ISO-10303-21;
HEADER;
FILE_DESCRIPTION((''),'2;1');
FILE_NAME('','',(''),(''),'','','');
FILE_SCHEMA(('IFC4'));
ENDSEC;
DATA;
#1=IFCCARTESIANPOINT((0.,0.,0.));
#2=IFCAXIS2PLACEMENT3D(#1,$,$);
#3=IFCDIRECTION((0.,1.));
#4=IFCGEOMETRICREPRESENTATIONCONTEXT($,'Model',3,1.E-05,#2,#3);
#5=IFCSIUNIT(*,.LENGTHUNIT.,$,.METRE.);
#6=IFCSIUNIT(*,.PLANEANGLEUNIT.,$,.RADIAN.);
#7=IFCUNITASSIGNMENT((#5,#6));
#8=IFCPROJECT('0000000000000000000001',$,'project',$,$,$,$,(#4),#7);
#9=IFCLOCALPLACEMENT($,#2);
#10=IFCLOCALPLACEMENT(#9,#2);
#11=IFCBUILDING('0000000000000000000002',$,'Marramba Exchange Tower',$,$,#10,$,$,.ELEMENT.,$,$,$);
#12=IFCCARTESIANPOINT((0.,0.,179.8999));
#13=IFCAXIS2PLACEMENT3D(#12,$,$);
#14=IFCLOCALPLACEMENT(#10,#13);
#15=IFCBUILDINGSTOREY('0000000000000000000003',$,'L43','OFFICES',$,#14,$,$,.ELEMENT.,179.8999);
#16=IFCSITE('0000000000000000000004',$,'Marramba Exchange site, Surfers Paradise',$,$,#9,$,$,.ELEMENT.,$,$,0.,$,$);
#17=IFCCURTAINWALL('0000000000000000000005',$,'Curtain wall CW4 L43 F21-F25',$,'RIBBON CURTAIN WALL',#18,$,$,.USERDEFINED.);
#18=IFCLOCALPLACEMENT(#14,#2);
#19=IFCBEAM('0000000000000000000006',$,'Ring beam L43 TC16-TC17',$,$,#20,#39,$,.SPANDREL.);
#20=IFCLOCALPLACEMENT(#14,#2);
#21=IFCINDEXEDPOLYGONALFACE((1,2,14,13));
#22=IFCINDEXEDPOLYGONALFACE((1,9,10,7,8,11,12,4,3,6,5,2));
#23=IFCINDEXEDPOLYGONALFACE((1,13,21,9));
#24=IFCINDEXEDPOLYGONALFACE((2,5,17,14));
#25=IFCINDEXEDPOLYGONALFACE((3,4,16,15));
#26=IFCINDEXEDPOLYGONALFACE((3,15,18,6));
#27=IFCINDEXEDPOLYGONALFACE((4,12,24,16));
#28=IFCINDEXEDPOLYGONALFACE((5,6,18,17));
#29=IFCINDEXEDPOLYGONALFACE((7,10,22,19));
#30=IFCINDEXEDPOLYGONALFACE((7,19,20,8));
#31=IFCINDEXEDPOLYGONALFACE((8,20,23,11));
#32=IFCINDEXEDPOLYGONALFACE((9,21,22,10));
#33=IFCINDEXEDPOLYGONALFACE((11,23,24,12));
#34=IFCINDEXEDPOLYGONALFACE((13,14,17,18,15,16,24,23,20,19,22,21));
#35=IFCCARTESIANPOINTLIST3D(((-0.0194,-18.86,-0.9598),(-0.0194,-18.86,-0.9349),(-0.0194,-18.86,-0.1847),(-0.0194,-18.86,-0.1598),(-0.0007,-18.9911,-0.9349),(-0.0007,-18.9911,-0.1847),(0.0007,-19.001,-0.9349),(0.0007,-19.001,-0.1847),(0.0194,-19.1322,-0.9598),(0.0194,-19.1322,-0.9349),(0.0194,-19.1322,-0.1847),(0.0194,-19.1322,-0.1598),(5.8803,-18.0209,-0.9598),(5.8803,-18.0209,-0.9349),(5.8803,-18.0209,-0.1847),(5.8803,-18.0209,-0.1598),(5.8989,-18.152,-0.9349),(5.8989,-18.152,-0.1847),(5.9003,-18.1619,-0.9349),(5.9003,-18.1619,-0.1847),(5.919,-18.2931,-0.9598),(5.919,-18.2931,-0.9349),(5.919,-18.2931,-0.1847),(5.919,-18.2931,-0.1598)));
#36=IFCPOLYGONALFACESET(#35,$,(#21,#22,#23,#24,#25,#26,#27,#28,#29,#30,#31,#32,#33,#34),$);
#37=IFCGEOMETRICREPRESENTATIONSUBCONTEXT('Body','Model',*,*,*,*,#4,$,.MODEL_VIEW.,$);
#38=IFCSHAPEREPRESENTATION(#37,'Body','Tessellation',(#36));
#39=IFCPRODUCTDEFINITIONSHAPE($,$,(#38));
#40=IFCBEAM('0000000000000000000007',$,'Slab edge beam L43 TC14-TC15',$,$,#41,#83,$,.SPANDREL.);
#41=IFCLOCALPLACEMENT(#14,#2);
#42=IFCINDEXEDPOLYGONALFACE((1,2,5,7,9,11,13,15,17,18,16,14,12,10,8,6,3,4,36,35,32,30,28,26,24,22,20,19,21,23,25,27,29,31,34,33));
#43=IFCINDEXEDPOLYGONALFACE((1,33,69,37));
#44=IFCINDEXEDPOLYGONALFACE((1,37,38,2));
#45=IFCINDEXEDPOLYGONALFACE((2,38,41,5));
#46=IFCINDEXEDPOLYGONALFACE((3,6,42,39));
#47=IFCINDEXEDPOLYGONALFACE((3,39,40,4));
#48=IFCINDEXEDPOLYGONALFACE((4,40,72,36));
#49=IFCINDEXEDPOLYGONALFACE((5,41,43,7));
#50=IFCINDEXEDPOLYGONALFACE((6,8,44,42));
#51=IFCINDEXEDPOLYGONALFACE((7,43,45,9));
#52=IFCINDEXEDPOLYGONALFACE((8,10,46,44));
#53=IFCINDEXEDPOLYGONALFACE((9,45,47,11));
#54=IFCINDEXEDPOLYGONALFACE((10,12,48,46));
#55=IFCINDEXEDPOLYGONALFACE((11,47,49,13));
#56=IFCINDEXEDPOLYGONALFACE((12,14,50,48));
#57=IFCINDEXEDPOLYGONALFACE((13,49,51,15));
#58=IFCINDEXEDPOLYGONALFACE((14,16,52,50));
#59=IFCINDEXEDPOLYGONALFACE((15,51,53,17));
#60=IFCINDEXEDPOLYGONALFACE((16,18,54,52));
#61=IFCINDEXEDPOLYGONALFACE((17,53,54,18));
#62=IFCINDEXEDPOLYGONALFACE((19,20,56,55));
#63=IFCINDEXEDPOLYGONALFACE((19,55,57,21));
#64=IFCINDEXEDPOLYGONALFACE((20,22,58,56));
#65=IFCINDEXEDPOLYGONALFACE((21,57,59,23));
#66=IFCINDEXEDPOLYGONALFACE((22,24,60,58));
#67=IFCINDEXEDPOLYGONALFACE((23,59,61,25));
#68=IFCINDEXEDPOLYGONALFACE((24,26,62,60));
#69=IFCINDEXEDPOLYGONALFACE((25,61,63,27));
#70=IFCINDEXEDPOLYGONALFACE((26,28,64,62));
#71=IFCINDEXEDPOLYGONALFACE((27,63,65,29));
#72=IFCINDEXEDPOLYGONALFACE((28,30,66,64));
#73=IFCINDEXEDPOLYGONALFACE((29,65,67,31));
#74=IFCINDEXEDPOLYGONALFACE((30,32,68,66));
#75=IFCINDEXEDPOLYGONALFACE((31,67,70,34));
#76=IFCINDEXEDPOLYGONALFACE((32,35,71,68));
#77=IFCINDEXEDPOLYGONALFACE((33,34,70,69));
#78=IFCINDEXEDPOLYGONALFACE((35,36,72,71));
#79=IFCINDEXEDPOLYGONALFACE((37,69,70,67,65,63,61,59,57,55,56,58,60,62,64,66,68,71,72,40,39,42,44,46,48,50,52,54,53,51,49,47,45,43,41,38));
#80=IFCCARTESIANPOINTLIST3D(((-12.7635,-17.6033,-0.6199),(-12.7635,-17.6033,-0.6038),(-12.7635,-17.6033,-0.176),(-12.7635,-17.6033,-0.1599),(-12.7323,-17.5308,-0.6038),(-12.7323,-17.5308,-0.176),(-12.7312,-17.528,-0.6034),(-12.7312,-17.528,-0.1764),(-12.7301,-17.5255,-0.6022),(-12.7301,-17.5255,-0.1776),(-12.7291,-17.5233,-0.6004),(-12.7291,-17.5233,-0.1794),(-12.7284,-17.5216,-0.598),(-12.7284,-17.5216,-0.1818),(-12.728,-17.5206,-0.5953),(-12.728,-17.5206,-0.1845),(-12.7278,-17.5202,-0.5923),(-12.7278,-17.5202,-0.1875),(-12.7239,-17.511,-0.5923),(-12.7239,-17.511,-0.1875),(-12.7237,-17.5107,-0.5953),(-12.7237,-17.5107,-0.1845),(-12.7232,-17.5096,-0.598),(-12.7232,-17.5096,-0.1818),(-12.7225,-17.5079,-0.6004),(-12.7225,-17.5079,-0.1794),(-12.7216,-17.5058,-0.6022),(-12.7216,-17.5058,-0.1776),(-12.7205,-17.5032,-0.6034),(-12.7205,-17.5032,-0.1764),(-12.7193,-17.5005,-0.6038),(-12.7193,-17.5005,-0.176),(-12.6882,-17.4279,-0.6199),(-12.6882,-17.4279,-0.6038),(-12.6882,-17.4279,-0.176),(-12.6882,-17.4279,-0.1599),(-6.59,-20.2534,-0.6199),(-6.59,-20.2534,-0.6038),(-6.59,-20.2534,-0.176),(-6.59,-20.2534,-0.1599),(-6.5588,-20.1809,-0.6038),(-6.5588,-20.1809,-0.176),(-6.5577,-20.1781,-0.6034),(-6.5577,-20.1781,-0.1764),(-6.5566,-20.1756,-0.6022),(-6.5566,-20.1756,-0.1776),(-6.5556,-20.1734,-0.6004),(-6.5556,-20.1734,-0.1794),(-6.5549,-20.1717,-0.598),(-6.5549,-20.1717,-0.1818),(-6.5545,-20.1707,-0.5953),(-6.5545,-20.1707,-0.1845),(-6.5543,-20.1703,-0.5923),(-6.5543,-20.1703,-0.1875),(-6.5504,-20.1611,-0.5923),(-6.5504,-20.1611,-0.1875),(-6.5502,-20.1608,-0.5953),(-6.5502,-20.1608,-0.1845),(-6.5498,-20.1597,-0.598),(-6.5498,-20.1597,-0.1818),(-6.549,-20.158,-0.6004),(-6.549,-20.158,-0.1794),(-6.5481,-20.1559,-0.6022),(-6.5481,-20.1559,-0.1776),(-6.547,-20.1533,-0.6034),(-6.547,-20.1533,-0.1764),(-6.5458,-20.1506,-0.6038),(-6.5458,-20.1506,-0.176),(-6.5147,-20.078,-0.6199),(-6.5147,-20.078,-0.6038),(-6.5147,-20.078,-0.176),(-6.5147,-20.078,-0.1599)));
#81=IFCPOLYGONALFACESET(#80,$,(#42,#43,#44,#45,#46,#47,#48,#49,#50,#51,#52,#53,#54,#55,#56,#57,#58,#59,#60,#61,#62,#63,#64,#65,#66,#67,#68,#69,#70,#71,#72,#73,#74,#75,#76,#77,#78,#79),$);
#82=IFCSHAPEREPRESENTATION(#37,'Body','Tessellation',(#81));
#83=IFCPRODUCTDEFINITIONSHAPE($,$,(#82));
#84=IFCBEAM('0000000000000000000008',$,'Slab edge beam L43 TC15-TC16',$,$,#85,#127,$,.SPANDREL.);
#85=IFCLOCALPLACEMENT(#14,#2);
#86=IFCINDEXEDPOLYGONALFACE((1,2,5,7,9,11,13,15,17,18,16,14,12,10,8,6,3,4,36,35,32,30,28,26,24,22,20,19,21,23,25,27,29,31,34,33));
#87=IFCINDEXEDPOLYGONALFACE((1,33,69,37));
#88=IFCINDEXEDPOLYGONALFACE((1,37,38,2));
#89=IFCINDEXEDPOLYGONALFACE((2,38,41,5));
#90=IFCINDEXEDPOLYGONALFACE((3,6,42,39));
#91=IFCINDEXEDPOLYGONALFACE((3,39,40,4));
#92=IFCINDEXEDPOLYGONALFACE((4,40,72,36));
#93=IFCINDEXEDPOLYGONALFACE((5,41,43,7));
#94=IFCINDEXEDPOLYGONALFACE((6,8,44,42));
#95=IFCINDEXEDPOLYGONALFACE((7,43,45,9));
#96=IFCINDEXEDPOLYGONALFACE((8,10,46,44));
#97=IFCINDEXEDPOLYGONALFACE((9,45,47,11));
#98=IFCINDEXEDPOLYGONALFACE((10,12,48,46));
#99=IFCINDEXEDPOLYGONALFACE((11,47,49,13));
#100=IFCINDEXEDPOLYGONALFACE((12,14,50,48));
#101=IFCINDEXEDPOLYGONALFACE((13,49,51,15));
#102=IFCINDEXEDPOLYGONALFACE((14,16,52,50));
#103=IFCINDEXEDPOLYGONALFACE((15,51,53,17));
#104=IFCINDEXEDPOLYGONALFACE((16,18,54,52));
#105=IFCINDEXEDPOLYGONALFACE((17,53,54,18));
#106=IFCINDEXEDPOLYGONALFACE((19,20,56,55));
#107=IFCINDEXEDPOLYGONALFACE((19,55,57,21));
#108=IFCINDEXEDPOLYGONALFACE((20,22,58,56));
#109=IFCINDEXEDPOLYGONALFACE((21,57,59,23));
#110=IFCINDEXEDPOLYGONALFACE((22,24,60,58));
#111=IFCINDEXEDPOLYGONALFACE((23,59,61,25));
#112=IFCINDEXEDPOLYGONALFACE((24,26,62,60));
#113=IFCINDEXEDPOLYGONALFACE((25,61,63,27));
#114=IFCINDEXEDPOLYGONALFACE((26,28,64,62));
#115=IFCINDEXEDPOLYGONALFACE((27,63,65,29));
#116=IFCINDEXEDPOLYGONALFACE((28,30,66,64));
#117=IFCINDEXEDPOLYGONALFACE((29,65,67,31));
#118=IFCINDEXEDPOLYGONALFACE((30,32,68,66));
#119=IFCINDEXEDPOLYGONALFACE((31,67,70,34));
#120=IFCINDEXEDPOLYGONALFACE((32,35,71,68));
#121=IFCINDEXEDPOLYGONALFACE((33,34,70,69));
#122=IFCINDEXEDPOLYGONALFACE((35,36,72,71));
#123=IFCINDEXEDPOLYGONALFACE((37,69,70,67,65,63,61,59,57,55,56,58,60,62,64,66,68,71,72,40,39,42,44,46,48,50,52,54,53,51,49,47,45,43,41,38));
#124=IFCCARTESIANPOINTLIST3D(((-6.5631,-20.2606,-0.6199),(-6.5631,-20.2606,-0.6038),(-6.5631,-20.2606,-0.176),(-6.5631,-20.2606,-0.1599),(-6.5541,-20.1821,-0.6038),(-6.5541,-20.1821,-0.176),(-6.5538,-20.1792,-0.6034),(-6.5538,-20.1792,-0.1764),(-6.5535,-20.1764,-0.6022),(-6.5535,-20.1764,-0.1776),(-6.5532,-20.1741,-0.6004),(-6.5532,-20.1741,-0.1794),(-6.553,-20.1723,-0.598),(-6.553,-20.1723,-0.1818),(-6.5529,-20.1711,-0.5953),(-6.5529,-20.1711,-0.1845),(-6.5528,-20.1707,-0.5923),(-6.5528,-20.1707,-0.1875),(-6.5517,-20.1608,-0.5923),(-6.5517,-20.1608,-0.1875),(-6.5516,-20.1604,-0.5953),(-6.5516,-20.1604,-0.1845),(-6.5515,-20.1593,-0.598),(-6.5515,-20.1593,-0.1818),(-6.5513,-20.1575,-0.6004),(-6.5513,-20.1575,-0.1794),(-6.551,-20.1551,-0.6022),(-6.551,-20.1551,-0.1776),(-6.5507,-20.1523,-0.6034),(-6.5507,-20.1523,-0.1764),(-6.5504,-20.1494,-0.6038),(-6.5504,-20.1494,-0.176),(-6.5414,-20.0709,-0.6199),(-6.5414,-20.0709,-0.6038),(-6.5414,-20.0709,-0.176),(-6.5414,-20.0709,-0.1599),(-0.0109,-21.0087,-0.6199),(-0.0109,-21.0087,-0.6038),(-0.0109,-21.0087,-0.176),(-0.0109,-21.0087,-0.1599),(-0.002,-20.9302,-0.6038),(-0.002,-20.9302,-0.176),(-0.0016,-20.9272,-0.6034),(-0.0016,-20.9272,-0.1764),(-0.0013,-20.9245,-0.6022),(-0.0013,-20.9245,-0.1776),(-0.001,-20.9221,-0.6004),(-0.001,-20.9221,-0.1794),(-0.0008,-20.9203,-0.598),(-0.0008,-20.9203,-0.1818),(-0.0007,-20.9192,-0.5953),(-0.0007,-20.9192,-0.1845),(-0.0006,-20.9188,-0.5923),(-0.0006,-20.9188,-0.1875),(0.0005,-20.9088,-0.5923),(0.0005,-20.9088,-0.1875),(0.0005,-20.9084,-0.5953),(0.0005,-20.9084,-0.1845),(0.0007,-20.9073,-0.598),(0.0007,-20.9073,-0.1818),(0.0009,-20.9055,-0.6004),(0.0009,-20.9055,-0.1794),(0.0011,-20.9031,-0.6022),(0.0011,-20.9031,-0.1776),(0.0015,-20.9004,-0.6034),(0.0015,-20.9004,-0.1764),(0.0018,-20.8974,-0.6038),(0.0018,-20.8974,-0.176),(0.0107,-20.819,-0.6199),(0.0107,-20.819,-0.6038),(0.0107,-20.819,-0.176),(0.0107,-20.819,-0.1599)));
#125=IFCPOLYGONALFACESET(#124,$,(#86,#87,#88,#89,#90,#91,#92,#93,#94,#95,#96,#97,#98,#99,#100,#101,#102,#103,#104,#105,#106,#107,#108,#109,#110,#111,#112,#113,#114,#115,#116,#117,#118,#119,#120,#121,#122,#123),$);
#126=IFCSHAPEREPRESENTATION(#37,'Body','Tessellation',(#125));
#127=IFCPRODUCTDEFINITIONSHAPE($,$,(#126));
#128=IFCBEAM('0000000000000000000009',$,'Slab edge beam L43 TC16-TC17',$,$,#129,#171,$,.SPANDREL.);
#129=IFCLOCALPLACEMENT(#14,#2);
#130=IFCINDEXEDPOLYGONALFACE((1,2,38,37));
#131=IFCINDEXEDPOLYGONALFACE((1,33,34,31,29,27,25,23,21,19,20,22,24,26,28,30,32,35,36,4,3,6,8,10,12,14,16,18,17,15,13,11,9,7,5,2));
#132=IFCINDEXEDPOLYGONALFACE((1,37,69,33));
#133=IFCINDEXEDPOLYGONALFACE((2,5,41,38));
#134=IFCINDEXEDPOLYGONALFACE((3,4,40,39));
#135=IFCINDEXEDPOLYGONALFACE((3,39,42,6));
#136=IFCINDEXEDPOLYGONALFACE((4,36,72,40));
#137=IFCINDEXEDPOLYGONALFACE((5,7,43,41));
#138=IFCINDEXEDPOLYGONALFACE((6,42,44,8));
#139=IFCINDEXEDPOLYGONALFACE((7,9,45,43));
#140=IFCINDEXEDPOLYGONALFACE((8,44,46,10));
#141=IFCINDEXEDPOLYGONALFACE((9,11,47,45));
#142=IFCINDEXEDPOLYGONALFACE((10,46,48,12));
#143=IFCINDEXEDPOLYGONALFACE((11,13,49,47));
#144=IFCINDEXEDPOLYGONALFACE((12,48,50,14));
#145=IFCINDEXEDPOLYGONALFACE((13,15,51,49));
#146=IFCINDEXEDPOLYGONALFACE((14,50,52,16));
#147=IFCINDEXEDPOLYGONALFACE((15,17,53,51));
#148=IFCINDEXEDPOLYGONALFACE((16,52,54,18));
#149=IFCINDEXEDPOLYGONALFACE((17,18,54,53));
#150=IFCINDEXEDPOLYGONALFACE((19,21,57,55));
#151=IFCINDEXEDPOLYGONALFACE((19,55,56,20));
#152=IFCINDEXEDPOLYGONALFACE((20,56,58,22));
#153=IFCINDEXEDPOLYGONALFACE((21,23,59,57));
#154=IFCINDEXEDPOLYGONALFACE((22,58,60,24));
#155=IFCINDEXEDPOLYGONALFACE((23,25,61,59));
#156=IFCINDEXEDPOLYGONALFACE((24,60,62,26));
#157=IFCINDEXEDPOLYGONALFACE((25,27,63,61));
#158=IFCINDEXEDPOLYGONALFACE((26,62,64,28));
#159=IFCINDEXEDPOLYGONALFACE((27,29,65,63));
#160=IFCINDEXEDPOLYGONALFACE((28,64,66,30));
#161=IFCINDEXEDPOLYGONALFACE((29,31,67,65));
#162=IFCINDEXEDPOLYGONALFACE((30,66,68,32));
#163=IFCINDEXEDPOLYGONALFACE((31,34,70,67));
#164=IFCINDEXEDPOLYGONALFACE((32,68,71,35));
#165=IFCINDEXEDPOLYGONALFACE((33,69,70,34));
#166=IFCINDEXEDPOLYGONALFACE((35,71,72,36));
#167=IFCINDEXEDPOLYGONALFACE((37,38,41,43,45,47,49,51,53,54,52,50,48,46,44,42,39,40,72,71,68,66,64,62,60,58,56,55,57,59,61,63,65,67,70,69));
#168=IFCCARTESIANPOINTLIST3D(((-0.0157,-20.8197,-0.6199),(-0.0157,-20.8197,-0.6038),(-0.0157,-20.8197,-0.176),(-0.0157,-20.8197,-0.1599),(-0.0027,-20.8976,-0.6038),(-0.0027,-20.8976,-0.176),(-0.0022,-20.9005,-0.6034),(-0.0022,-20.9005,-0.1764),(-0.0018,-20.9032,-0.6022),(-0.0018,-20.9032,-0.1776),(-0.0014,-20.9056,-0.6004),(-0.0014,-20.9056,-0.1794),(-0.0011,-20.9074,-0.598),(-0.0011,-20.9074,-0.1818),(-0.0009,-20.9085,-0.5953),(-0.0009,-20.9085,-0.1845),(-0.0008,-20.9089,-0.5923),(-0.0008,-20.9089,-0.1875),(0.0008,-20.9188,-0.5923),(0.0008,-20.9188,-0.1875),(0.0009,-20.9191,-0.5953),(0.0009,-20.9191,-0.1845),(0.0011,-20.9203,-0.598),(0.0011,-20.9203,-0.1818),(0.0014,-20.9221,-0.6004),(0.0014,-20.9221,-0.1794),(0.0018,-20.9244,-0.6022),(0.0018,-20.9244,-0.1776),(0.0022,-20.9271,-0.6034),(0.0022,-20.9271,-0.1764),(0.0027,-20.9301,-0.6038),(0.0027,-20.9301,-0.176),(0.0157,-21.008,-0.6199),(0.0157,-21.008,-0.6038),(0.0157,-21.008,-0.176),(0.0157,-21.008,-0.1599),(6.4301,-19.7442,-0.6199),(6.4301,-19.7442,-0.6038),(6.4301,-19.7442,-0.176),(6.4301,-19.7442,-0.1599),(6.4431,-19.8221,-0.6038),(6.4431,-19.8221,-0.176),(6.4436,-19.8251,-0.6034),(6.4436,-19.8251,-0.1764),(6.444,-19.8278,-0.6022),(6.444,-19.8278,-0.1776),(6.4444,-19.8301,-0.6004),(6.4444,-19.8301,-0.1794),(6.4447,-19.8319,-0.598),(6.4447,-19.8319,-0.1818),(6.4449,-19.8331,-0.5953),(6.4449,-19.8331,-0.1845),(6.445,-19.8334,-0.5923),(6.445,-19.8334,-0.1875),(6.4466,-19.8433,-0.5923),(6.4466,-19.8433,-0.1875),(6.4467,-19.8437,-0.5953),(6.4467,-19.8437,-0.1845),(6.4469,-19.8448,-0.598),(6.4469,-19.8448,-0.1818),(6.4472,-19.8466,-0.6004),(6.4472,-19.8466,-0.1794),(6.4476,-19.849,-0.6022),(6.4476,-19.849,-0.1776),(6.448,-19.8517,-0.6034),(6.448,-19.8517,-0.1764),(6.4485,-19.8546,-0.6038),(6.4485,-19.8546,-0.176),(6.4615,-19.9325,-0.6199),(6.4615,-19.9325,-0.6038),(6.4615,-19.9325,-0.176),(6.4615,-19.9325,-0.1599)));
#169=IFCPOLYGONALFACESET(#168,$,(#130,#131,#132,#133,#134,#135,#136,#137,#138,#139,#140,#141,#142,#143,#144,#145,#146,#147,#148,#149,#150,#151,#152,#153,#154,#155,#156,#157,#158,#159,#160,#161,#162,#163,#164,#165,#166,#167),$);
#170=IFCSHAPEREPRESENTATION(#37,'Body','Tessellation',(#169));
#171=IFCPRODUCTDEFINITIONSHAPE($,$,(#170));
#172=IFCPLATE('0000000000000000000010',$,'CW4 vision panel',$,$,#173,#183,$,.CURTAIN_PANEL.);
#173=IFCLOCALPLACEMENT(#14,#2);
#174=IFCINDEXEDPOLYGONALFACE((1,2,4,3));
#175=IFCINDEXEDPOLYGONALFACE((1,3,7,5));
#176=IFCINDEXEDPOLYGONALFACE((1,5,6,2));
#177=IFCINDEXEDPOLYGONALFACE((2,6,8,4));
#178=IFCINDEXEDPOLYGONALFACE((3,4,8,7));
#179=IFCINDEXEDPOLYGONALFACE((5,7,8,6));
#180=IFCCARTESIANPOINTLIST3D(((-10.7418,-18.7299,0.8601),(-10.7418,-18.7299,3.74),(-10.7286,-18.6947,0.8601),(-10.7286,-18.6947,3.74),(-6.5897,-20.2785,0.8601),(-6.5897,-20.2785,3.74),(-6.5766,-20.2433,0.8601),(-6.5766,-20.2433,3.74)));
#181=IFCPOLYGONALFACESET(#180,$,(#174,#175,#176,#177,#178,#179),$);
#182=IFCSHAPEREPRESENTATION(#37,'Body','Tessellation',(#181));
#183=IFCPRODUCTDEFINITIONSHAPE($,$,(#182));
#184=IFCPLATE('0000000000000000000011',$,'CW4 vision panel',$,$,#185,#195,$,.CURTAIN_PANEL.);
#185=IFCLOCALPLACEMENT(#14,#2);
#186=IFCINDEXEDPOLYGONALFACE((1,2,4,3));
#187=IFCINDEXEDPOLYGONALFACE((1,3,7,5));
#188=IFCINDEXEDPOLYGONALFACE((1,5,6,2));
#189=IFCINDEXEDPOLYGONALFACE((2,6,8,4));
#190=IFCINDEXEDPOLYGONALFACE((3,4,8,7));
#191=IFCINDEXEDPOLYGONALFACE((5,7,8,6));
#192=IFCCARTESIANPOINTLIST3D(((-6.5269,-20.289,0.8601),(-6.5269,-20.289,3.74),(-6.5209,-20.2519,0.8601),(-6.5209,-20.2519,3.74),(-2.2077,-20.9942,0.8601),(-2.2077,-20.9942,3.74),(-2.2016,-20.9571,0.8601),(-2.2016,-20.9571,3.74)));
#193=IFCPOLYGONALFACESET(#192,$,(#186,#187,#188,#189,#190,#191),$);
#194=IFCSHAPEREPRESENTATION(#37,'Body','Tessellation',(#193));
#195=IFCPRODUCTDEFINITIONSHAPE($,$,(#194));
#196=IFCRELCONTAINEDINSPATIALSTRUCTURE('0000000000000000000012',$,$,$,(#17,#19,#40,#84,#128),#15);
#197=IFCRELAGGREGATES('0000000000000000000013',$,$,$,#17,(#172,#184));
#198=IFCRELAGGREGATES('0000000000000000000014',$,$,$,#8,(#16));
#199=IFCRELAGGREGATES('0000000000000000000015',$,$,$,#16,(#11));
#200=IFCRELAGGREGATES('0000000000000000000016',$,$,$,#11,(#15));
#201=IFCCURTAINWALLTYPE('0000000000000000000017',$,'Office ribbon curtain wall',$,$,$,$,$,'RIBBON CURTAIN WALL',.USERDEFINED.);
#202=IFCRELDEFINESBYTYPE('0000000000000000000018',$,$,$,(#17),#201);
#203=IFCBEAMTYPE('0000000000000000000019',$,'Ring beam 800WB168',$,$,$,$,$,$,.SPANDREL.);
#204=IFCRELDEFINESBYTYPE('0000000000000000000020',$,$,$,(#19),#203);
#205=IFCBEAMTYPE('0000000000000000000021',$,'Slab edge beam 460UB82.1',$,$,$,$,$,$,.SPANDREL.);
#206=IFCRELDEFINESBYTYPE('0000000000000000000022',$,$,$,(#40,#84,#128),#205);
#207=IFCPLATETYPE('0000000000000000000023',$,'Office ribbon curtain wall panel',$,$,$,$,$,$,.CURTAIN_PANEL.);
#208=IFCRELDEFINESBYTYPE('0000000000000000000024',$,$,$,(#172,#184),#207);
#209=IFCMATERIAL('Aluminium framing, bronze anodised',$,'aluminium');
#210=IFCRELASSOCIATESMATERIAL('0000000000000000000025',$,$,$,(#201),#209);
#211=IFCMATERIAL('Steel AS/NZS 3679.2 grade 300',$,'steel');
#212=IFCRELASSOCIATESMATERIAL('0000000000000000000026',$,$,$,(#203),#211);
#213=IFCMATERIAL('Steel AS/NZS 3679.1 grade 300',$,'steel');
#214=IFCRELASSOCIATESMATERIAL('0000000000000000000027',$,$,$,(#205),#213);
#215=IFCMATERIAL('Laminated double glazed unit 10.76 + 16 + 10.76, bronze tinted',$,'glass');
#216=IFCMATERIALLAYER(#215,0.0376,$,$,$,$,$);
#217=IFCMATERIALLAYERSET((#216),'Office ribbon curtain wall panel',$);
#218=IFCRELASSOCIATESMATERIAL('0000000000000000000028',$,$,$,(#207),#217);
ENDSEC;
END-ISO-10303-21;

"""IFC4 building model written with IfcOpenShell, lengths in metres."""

from ifc_helpers import new_model, si_unit, direction, frame, origin, origin_2d, place, context, subcontext, project, spatial, rectangle, i_section, extrude, material, layer, layer_set, material_profile, profile_set, type_object, element, aggregate, save


model = new_model("IFC4")

# Units and contexts
model_context = context("Model", 3, precision=1e-05, world=origin(), true_north=direction((0.0, 1.0)))
body_context = subcontext(model_context, "Body", "Model", "MODEL_VIEW")
ifc_project = project(units=[si_unit("LENGTHUNIT", "METRE"), si_unit("PLANEANGLEUNIT", "RADIAN")], contexts=[model_context])

# Site, building, storey
site_placement = place(None, origin())
site = spatial("IfcSite", under=ifc_project, at=site_placement, Name="Marramba Exchange site, Surfers Paradise", CompositionType="ELEMENT", RefElevation=0.0)
building_placement = place(site_placement, origin())
building = spatial("IfcBuilding", under=site, at=building_placement, Name="Marramba Exchange Tower", CompositionType="ELEMENT")
storey_placement = place(building_placement, frame((0.0, 0.0, 179.8999)))
storey = spatial("IfcBuildingStorey", under=building, at=storey_placement, Name="L43", Description="OFFICES", CompositionType="ELEMENT", Elevation=179.8999)

# Shared definitions
ifc_material_1 = material(Name="Steel AS/NZS 3679.2 grade 300", Category="steel")

# Curtain wall
ifc_material_2 = material(Name="Aluminium framing, bronze anodised", Category="aluminium")
curtain_wall_type = type_object("IfcCurtainWallType", Name="Office ribbon curtain wall", ElementType="RIBBON CURTAIN WALL", PredefinedType="USERDEFINED", material=ifc_material_2)
curtain_wall_placement = place(storey_placement, origin())
curtain_wall = element("IfcCurtainWall", 1, at=curtain_wall_placement, inside=storey, type_object=curtain_wall_type, Name="Curtain wall CW4 L43 F21-F25", ObjectType="RIBBON CURTAIN WALL", PredefinedType="USERDEFINED")

# Beams
ifc_material_profile_1 = material_profile(ifc_material_1, i_section(OverallWidth=0.2749, OverallDepth=0.8, WebThickness=0.01, FlangeThickness=0.0249, at=origin_2d()), Name="800WB168")
ifc_profile_set_1 = profile_set([ifc_material_profile_1], Name="Steel AS/NZS 3679.2 grade 300")
beam_type_1 = type_object("IfcBeamType", Name="Ring beam 800WB168", PredefinedType="SPANDREL", material=ifc_profile_set_1)
for number, where, z_axis, x_axis, name in (
    (2, (0.0, -18.9961, -0.5598), (0.990036, 0.140813, 0.0), (-0.140813, 0.990036, 0.0), "Ring beam L43 TC16-TC17"),
):
    element("IfcBeam", number, at=place(storey_placement, frame(where, z_axis=z_axis, x_axis=x_axis)), inside=storey, type_object=beam_type_1, Name=name, PredefinedType="SPANDREL", context=body_context, shape_type="SweptSolid", body=[
        extrude(i_section(OverallWidth=0.2749, OverallDepth=0.8, WebThickness=0.01, FlangeThickness=0.0249, at=origin_2d()), origin(), (0.0, 0.0, 1.0), 5.959),
    ])
ifc_material_3 = material(Name="Steel AS/NZS 3679.1 grade 300", Category="steel")
ifc_material_profile_2 = material_profile(ifc_material_3, i_section(OverallWidth=0.1909, OverallDepth=0.46, WebThickness=0.01, FlangeThickness=0.0161, FilletRadius=0.0115, at=origin_2d()), Name="460UB82.1")
ifc_profile_set_2 = profile_set([ifc_material_profile_2], Name="Steel AS/NZS 3679.1 grade 300")
beam_type_2 = type_object("IfcBeamType", Name="Slab edge beam 460UB82.1", PredefinedType="SPANDREL", material=ifc_profile_set_2)
beam_1_placement = place(storey_placement, frame((-12.7258, -17.5156, -0.3899), z_axis=(0.918912, -0.394463, 0.0), x_axis=(0.394463, 0.918912, 0.0)))
element("IfcBeam", 3, at=beam_1_placement, inside=storey, type_object=beam_type_2, Name="Slab edge beam L43 TC14-TC15", PredefinedType="SPANDREL", context=body_context, shape_type="SweptSolid", body=[
    extrude(i_section(OverallWidth=0.1909, OverallDepth=0.46, WebThickness=0.01, FlangeThickness=0.0161, FilletRadius=0.0115, at=origin_2d()), origin(), (0.0, 0.0, 1.0), 6.7183),
])
beam_2_placement = place(storey_placement, frame((-6.5522, -20.1658, -0.3899), z_axis=(0.993546, -0.11343, 0.0), x_axis=(0.11343, 0.993546, 0.0)))
element("IfcBeam", 4, at=beam_2_placement, inside=storey, type_object=beam_type_2, Name="Slab edge beam L43 TC15-TC16", PredefinedType="SPANDREL", context=body_context, shape_type="SweptSolid", body=[
    extrude(i_section(OverallWidth=0.1909, OverallDepth=0.46, WebThickness=0.01, FlangeThickness=0.0161, FilletRadius=0.0115, at=origin_2d()), origin(), (0.0, 0.0, 1.0), 6.5947),
])
beam_3_placement = place(storey_placement, frame((0.0, -20.9138, -0.3899), z_axis=(0.986366, 0.164569, 0.0), x_axis=(-0.164569, 0.986366, 0.0)))
element("IfcBeam", 5, at=beam_3_placement, inside=storey, type_object=beam_type_2, Name="Slab edge beam L43 TC16-TC17", PredefinedType="SPANDREL", context=body_context, shape_type="SweptSolid", body=[
    extrude(i_section(OverallWidth=0.1909, OverallDepth=0.46, WebThickness=0.01, FlangeThickness=0.0161, FilletRadius=0.0115, at=origin_2d()), origin(), (0.0, 0.0, 1.0), 6.5349),
])

# Plates
ifc_material_4 = material(Name="Laminated double glazed unit 10.76 + 16 + 10.76, bronze tinted", Category="glass")
ifc_layer_1 = layer(ifc_material_4, 0.0376)
ifc_layer_set_1 = layer_set([ifc_layer_1], Name="Office ribbon curtain wall panel")
plate_type = type_object("IfcPlateType", Name="Office ribbon curtain wall panel", PredefinedType="CURTAIN_PANEL", material=ifc_layer_set_1)
plate_1_placement = place(storey_placement, frame((-8.6592, -19.4866, 0.8601), z_axis=(0.0, 0.0, 1.0), x_axis=(0.936952, -0.349459, 0.0)))
plate_1 = element("IfcPlate", 6, at=plate_1_placement, type_object=plate_type, Name="CW4 vision panel", PredefinedType="CURTAIN_PANEL", context=body_context, shape_type="SweptSolid", body=[
    extrude(rectangle(XDim=4.4314, YDim=0.0376, at=origin_2d()), origin(), (0.0, 0.0, 1.0), 2.8799),
])
plate_2_placement = place(storey_placement, frame((-4.3643, -20.623, 0.8601), z_axis=(0.0, 0.0, 1.0), x_axis=(0.986931, -0.161146, 0.0)))
plate_2 = element("IfcPlate", 7, at=plate_2_placement, type_object=plate_type, Name="CW4 vision panel", PredefinedType="CURTAIN_PANEL", context=body_context, shape_type="SweptSolid", body=[
    extrude(rectangle(XDim=4.3765, YDim=0.0376, at=origin_2d()), origin(), (0.0, 0.0, 1.0), 2.8799),
])
aggregate(curtain_wall, [plate_1, plate_2])

save(model, "model.ifc")
